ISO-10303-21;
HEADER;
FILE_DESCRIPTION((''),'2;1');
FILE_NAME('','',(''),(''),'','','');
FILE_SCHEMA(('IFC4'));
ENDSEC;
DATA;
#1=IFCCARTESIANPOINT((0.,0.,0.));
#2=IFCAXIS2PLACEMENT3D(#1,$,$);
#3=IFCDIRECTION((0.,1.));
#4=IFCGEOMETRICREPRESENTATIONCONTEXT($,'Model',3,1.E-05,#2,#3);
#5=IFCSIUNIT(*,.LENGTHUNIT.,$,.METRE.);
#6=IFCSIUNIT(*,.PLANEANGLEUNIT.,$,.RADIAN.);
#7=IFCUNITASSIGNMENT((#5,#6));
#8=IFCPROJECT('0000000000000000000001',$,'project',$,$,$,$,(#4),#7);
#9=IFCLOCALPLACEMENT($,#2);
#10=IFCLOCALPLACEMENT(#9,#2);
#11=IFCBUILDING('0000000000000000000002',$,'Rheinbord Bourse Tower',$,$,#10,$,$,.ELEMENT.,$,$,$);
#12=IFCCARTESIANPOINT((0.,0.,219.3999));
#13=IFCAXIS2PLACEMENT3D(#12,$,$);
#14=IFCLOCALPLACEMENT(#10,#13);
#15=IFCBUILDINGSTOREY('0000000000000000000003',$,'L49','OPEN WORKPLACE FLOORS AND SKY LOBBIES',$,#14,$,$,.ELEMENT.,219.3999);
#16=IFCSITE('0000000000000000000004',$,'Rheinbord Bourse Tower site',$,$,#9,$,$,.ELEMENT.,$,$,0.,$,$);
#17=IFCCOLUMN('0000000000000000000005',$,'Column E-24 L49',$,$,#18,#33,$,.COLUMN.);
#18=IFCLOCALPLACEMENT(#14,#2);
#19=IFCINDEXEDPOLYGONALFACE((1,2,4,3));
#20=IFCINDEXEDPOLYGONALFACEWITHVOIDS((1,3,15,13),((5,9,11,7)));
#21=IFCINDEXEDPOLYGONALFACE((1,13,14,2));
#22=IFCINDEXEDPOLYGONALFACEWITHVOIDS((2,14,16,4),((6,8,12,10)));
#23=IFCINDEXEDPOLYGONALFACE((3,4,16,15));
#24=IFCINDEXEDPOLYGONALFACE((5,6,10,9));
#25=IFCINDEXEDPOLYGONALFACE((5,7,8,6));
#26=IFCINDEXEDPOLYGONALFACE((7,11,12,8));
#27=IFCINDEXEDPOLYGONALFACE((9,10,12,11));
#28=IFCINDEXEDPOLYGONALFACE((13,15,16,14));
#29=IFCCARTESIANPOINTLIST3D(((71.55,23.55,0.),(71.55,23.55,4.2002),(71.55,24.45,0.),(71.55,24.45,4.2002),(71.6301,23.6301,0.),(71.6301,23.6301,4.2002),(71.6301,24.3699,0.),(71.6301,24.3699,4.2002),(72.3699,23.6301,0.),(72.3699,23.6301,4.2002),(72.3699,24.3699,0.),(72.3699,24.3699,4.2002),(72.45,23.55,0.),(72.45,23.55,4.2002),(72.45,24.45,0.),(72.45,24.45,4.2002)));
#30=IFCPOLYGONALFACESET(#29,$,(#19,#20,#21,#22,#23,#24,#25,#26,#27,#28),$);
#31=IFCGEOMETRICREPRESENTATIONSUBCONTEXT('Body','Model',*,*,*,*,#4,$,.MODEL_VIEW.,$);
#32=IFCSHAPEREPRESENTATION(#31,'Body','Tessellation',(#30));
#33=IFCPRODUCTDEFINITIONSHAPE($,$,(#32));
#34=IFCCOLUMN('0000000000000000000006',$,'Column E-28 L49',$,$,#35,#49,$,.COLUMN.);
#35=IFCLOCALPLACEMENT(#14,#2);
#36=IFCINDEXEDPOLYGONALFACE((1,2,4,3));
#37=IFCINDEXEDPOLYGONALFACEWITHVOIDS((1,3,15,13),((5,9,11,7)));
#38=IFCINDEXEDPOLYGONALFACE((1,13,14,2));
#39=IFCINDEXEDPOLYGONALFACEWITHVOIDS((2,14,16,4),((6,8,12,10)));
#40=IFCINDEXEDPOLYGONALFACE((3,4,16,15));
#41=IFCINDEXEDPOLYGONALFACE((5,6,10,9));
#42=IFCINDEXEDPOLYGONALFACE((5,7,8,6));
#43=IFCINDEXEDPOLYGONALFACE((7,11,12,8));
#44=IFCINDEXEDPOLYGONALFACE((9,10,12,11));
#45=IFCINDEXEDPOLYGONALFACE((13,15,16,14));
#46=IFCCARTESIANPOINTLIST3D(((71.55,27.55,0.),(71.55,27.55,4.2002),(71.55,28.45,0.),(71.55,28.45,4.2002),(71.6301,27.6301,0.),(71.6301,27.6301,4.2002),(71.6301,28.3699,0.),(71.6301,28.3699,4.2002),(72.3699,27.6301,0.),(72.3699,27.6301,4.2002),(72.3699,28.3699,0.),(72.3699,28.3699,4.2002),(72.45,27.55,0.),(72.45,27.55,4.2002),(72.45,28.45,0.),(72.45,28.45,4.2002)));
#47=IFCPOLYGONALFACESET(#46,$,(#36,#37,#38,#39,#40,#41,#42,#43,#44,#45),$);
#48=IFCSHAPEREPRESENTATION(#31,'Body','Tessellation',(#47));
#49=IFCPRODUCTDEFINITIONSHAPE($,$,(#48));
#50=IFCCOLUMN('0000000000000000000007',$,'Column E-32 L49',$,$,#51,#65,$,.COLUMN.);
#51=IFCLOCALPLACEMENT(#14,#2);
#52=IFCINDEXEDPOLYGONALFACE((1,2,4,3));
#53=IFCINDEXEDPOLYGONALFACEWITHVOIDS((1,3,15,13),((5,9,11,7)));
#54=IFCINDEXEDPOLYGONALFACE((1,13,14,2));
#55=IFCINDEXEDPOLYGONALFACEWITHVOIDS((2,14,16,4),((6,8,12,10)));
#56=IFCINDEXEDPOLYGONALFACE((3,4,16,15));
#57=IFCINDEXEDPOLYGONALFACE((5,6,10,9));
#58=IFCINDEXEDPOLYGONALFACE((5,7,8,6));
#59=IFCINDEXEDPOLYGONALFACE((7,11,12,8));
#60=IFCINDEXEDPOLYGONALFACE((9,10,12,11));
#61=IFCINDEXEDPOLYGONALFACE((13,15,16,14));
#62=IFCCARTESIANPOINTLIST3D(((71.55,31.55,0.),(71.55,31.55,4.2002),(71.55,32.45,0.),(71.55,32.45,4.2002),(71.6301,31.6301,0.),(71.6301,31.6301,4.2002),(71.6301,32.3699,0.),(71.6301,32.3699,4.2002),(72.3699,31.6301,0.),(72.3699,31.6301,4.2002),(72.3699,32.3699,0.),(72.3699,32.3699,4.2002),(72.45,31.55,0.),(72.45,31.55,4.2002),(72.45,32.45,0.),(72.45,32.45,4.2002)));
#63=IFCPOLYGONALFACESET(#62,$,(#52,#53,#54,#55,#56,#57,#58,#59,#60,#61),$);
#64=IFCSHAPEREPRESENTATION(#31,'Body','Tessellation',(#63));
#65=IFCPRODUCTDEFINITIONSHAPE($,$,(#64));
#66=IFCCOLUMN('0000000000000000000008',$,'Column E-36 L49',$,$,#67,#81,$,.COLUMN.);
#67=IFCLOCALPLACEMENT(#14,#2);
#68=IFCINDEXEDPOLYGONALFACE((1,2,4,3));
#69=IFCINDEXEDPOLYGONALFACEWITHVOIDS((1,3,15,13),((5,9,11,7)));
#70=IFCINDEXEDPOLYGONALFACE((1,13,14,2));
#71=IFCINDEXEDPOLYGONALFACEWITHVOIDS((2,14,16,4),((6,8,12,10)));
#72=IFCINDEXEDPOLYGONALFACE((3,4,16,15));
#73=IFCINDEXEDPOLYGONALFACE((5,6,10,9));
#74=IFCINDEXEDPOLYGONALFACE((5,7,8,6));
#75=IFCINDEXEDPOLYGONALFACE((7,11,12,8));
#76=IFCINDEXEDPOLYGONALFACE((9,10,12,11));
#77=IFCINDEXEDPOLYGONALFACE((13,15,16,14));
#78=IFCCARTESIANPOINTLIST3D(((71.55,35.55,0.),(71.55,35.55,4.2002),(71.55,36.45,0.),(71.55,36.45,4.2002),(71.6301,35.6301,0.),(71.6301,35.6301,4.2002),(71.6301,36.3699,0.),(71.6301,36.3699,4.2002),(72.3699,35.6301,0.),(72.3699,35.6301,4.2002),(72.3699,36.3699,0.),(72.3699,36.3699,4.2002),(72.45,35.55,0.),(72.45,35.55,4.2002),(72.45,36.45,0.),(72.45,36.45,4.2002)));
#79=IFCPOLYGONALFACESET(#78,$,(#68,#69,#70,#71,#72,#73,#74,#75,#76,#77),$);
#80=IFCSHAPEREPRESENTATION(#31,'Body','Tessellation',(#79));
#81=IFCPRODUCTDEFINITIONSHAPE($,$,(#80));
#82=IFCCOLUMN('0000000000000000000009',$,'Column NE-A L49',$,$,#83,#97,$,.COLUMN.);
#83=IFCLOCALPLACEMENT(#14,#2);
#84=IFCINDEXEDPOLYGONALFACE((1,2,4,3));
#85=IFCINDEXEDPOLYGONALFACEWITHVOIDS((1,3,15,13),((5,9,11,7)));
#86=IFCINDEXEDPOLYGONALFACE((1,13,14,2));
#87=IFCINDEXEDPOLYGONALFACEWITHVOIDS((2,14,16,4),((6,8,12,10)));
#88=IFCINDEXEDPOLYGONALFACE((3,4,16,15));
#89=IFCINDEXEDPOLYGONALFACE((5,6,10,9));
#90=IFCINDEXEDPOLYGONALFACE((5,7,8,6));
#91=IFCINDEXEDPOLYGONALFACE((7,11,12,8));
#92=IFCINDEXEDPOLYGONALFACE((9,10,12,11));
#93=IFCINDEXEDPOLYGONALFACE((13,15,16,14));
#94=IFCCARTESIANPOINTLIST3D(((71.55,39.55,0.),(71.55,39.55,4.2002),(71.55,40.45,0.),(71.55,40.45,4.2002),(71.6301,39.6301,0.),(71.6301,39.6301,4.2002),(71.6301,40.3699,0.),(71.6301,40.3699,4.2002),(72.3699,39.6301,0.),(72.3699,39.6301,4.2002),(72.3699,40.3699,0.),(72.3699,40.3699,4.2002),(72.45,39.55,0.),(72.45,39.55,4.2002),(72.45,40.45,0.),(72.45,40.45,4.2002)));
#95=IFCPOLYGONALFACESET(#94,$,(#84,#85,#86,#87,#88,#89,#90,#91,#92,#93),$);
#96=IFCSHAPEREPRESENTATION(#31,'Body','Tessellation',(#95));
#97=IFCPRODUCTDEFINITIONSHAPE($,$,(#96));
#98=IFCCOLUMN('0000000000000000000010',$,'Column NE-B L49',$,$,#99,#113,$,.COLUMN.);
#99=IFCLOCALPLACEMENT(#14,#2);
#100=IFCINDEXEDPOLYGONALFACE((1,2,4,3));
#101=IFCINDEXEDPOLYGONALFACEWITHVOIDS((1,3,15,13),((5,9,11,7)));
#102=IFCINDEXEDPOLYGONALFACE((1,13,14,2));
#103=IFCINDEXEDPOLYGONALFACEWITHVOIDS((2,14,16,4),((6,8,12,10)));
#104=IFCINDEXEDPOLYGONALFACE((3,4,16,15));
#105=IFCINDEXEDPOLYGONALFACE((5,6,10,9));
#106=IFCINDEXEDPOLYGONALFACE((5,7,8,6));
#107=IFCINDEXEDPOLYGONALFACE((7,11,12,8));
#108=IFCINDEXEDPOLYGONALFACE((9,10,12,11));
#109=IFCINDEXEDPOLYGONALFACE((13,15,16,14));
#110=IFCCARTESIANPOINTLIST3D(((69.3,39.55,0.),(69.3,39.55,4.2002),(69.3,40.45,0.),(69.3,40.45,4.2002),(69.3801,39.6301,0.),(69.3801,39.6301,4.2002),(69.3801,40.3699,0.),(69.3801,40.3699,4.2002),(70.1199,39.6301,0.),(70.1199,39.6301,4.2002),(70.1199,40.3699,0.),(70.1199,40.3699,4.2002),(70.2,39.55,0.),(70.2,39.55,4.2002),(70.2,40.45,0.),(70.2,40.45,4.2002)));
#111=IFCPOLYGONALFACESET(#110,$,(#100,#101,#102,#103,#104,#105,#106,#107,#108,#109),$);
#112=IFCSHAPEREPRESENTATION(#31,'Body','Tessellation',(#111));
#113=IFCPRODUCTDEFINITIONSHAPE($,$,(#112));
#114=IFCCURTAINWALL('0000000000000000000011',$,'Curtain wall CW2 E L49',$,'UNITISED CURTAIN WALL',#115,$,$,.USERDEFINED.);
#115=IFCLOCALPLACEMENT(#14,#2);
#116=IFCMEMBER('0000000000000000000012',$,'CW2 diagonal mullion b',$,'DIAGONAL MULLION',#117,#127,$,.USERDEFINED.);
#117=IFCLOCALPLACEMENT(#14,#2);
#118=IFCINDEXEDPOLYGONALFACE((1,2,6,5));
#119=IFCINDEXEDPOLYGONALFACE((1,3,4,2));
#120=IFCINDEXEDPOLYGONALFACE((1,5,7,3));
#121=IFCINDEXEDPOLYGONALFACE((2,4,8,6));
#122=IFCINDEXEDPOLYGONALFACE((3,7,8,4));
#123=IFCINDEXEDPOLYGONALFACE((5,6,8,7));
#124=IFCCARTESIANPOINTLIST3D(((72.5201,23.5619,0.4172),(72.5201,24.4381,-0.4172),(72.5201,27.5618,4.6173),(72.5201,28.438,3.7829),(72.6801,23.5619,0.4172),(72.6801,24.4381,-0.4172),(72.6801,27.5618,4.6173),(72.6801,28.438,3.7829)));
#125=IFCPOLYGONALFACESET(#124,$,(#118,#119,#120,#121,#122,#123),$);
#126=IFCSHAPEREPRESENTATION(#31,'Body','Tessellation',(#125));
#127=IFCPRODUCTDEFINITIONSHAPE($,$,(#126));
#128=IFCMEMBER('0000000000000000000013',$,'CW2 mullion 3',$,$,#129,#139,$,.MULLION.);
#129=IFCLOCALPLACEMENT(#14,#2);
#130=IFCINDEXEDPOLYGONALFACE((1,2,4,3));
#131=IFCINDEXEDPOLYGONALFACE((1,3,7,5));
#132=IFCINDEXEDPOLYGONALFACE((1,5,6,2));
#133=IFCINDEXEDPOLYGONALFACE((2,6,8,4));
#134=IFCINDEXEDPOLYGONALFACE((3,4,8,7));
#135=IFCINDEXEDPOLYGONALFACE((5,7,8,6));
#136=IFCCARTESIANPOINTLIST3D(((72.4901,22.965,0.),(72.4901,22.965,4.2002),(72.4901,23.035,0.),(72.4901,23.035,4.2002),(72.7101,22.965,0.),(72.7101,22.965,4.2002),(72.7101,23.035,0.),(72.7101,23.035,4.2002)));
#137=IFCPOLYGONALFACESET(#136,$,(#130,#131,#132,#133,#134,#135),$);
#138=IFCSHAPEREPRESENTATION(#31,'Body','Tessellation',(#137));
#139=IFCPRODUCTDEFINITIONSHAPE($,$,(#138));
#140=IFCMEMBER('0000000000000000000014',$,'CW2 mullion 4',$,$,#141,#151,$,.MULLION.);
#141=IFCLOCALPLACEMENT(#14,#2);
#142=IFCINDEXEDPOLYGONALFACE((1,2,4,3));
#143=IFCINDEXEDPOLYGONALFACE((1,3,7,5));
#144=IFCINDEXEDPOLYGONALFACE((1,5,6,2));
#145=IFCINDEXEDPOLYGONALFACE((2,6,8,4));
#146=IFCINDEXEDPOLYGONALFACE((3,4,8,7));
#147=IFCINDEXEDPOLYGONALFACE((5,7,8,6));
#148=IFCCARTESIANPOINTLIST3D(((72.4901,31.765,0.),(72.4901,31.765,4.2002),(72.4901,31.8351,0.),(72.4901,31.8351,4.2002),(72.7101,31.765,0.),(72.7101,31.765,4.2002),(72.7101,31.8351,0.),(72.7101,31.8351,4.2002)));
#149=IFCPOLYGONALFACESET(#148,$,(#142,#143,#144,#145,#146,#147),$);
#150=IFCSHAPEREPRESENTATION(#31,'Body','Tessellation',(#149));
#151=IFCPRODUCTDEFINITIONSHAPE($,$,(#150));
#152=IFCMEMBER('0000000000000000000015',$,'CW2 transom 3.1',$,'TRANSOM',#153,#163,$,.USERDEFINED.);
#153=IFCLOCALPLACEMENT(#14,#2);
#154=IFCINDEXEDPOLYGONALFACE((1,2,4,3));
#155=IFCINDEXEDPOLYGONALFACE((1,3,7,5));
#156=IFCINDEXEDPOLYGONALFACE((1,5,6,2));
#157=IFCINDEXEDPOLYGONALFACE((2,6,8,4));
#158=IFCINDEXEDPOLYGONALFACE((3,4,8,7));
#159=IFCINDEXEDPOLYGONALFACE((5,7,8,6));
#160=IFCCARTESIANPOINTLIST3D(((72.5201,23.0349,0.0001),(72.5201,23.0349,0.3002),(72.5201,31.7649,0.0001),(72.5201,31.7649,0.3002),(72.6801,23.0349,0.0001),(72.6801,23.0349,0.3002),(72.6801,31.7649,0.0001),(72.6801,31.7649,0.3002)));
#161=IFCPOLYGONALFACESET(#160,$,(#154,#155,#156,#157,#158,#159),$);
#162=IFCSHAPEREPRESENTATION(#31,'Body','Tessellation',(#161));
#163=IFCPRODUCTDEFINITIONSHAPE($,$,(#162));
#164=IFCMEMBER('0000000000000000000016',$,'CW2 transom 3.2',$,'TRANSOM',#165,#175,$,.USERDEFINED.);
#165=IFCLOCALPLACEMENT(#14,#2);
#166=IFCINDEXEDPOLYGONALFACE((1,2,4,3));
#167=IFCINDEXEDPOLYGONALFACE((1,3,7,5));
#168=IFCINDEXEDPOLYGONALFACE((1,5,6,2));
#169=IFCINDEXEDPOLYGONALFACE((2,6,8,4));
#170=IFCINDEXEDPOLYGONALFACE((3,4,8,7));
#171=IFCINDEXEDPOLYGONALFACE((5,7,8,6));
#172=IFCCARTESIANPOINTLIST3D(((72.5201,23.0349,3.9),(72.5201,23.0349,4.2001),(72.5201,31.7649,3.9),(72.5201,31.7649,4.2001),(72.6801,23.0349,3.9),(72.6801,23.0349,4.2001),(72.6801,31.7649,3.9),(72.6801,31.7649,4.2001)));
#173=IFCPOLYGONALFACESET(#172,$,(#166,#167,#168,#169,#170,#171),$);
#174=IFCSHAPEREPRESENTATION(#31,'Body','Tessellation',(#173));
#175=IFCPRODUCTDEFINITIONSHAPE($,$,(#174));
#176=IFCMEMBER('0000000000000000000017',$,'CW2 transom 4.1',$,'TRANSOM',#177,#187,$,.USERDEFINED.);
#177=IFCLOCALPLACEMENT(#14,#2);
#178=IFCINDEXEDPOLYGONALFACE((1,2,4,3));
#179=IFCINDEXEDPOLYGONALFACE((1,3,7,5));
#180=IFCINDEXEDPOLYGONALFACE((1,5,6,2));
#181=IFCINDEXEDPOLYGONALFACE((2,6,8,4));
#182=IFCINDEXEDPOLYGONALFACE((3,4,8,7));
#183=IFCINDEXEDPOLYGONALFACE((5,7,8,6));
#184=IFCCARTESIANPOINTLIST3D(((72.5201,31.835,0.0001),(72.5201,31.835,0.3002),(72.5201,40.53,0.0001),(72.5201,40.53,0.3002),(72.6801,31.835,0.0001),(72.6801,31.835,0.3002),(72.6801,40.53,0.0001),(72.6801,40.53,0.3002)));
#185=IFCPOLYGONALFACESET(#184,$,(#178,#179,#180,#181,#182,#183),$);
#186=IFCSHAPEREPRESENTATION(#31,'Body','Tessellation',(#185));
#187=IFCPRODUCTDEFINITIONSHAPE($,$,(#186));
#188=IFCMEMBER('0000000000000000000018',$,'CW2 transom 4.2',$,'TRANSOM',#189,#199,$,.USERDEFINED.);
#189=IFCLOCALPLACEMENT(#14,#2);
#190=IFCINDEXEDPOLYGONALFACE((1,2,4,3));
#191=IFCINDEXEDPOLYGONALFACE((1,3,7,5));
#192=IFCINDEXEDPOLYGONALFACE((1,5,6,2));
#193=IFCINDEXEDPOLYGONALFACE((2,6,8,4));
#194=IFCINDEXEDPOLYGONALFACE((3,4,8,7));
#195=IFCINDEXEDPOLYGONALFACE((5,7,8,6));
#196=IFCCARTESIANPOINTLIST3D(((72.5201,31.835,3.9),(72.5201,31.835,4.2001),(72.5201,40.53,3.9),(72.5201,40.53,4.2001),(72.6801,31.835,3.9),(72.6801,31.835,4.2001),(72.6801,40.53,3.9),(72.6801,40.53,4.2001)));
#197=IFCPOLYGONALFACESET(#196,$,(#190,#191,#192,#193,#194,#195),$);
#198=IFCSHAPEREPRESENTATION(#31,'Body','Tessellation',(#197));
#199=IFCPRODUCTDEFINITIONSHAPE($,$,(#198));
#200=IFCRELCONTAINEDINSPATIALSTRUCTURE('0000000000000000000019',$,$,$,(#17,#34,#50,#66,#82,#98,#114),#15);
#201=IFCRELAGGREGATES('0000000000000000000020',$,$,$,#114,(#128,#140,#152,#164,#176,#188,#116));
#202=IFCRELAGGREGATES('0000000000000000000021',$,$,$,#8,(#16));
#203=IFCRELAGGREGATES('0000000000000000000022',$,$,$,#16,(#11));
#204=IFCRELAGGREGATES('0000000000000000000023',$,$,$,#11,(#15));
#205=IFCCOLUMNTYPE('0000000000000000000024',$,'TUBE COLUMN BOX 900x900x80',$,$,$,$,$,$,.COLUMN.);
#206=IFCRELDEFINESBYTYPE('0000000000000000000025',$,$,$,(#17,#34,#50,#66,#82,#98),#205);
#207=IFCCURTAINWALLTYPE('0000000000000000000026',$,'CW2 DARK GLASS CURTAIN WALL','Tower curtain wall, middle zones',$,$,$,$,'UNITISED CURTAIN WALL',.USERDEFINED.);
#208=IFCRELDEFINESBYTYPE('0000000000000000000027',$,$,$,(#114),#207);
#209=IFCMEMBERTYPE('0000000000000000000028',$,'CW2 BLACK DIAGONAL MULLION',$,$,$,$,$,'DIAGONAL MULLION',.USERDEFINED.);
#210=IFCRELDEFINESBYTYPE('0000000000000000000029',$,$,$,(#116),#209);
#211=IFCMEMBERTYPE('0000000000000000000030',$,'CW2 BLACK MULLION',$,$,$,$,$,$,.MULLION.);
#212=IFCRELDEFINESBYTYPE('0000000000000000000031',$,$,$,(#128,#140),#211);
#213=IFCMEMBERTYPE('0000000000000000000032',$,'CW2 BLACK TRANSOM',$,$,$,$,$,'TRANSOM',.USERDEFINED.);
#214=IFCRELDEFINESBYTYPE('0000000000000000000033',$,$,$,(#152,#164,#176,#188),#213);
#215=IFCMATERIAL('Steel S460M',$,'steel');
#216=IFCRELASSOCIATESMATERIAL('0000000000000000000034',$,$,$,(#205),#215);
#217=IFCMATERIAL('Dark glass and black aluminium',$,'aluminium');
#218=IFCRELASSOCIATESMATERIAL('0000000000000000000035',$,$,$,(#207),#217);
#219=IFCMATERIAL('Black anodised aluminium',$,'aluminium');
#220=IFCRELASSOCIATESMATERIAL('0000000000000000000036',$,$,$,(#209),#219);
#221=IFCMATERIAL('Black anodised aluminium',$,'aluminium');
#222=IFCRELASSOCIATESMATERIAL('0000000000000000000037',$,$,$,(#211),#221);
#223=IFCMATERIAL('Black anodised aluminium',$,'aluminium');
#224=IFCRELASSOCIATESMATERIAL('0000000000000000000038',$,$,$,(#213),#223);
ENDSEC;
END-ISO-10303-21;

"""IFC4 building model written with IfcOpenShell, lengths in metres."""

from ifc_helpers import new_model, si_unit, direction, frame, origin, origin_2d, place, context, subcontext, project, spatial, rectangle, hollow_rectangle, extrude, material, material_profile, profile_set, type_object, element, aggregate, save


model = new_model("IFC4")

# Units and contexts
model_context = context("Model", 3, precision=1e-05, world=origin(), true_north=direction((0.0, 1.0)))
body_context = subcontext(model_context, "Body", "Model", "MODEL_VIEW")
ifc_project = project(units=[si_unit("LENGTHUNIT", "METRE"), si_unit("PLANEANGLEUNIT", "RADIAN")], contexts=[model_context])

# Site, building, storey
site_placement = place(None, origin())
site = spatial("IfcSite", under=ifc_project, at=site_placement, Name="Rheinbord Bourse Tower site", CompositionType="ELEMENT", RefElevation=0.0)
building_placement = place(site_placement, origin())
building = spatial("IfcBuilding", under=site, at=building_placement, Name="Rheinbord Bourse Tower", CompositionType="ELEMENT")
storey_placement = place(building_placement, frame((0.0, 0.0, 219.3999)))
storey = spatial("IfcBuildingStorey", under=building, at=storey_placement, Name="L49", Description="OPEN WORKPLACE FLOORS AND SKY LOBBIES", CompositionType="ELEMENT", Elevation=219.3999)

# Columns
ifc_material_1 = material(Name="Steel S460M", Category="steel")
ifc_material_profile_1 = material_profile(ifc_material_1, hollow_rectangle(XDim=0.8999, YDim=0.8999, WallThickness=0.0801, at=origin_2d()), Name="BOX 900x900x80")
ifc_profile_set_1 = profile_set([ifc_material_profile_1], Name="Steel S460M")
column_type = type_object("IfcColumnType", Name="TUBE COLUMN BOX 900x900x80", PredefinedType="COLUMN", material=ifc_profile_set_1)
for number, where, z_axis, x_axis, name in (
    (1, (72.0, 24.0, 0.0), (0.0, 0.0, 1.0), (1.0, 0.0, 0.0), "Column E-24 L49"),
    (2, (72.0, 28.0, 0.0), (0.0, 0.0, 1.0), (1.0, 0.0, 0.0), "Column E-28 L49"),
    (3, (72.0, 32.0, 0.0), (0.0, 0.0, 1.0), (1.0, 0.0, 0.0), "Column E-32 L49"),
    (4, (72.0, 36.0, 0.0), (0.0, 0.0, 1.0), (1.0, 0.0, 0.0), "Column E-36 L49"),
    (5, (72.0, 40.0, 0.0), (0.0, 0.0, 1.0), (1.0, 0.0, 0.0), "Column NE-A L49"),
    (6, (69.75, 40.0, 0.0), (0.0, 0.0, 1.0), (1.0, 0.0, 0.0), "Column NE-B L49"),
):
    element("IfcColumn", number, at=place(storey_placement, frame(where, z_axis=z_axis, x_axis=x_axis)), inside=storey, type_object=column_type, Name=name, PredefinedType="COLUMN", context=body_context, shape_type="SweptSolid", body=[
        extrude(hollow_rectangle(XDim=0.8999, YDim=0.8999, WallThickness=0.0801, at=origin_2d()), origin(), (0.0, 0.0, 1.0), 4.2002),
    ])

# Curtain wall, members
ifc_material_2 = material(Name="Dark glass and black aluminium", Category="aluminium")
curtain_wall_type = type_object("IfcCurtainWallType", Name="CW2 DARK GLASS CURTAIN WALL", Description="Tower curtain wall, middle zones", ElementType="UNITISED CURTAIN WALL", PredefinedType="USERDEFINED", material=ifc_material_2)
curtain_wall_placement = place(storey_placement, origin())
curtain_wall = element("IfcCurtainWall", 7, at=curtain_wall_placement, inside=storey, type_object=curtain_wall_type, Name="Curtain wall CW2 E L49", ObjectType="UNITISED CURTAIN WALL", PredefinedType="USERDEFINED")
ifc_material_3 = material(Name="Black anodised aluminium", Category="aluminium")
ifc_material_profile_2 = material_profile(ifc_material_3, rectangle(XDim=0.1599, YDim=1.21, at=origin_2d()), Name="CW2 DIAGONAL MULLION 1210x160")
ifc_profile_set_2 = profile_set([ifc_material_profile_2], Name="Black anodised aluminium")
member_type_1 = type_object("IfcMemberType", Name="CW2 BLACK DIAGONAL MULLION", ElementType="DIAGONAL MULLION", PredefinedType="USERDEFINED", material=ifc_profile_set_2)
member_1_placement = place(storey_placement, frame((72.6001, 24.0, 0.0), z_axis=(0.0, 0.689638, 0.724154), x_axis=(-1.0, 0.0, 0.0)))
member_1 = element("IfcMember", 8, at=member_1_placement, type_object=member_type_1, Name="CW2 diagonal mullion b", ObjectType="DIAGONAL MULLION", PredefinedType="USERDEFINED", context=body_context, shape_type="SweptSolid", body=[
    extrude(rectangle(XDim=0.1599, YDim=1.21, at=origin_2d()), origin(), (0.0, 0.0, 1.0), 5.8),
])
ifc_material_4 = material(Name="Black anodised aluminium", Category="aluminium")
ifc_material_profile_3 = material_profile(ifc_material_4, rectangle(XDim=0.22, YDim=0.0701, at=origin_2d()), Name="CW2 MULLION 70x220")
ifc_profile_set_3 = profile_set([ifc_material_profile_3], Name="Black anodised aluminium")
member_type_2 = type_object("IfcMemberType", Name="CW2 BLACK MULLION", PredefinedType="MULLION", material=ifc_profile_set_3)
member_2_placement = place(storey_placement, frame((72.6001, 23.0, 0.0), z_axis=(0.0, 0.0, 1.0), x_axis=(-1.0, 0.0, 0.0)))
member_2 = element("IfcMember", 9, at=member_2_placement, type_object=member_type_2, Name="CW2 mullion 3", PredefinedType="MULLION", context=body_context, shape_type="SweptSolid", body=[
    extrude(rectangle(XDim=0.22, YDim=0.0701, at=origin_2d()), origin(), (0.0, 0.0, 1.0), 4.2002),
])
member_3_placement = place(storey_placement, frame((72.6001, 31.8, 0.0), z_axis=(0.0, 0.0, 1.0), x_axis=(-1.0, 0.0, 0.0)))
member_3 = element("IfcMember", 10, at=member_3_placement, type_object=member_type_2, Name="CW2 mullion 4", PredefinedType="MULLION", context=body_context, shape_type="SweptSolid", body=[
    extrude(rectangle(XDim=0.22, YDim=0.0701, at=origin_2d()), origin(), (0.0, 0.0, 1.0), 4.2002),
])
ifc_material_5 = material(Name="Black anodised aluminium", Category="aluminium")
ifc_material_profile_4 = material_profile(ifc_material_5, rectangle(XDim=0.1599, YDim=0.3, at=origin_2d()), Name="CW2 TRANSOM 300x160")
ifc_profile_set_4 = profile_set([ifc_material_profile_4], Name="Black anodised aluminium")
member_type_3 = type_object("IfcMemberType", Name="CW2 BLACK TRANSOM", ElementType="TRANSOM", PredefinedType="USERDEFINED", material=ifc_profile_set_4)
member_4_placement = place(storey_placement, frame((72.6001, 23.0349, 0.1501), z_axis=(0.0, 1.0, 0.0), x_axis=(-1.0, 0.0, 0.0)))
member_4 = element("IfcMember", 11, at=member_4_placement, type_object=member_type_3, Name="CW2 transom 3.1", ObjectType="TRANSOM", PredefinedType="USERDEFINED", context=body_context, shape_type="SweptSolid", body=[
    extrude(rectangle(XDim=0.1599, YDim=0.3, at=origin_2d()), origin(), (0.0, 0.0, 1.0), 8.73),
])
member_5_placement = place(storey_placement, frame((72.6001, 23.0349, 4.05), z_axis=(0.0, 1.0, 0.0), x_axis=(-1.0, 0.0, 0.0)))
member_5 = element("IfcMember", 12, at=member_5_placement, type_object=member_type_3, Name="CW2 transom 3.2", ObjectType="TRANSOM", PredefinedType="USERDEFINED", context=body_context, shape_type="SweptSolid", body=[
    extrude(rectangle(XDim=0.1599, YDim=0.3, at=origin_2d()), origin(), (0.0, 0.0, 1.0), 8.73),
])
member_6_placement = place(storey_placement, frame((72.6001, 31.835, 0.1501), z_axis=(0.0, 1.0, 0.0), x_axis=(-1.0, 0.0, 0.0)))
member_6 = element("IfcMember", 13, at=member_6_placement, type_object=member_type_3, Name="CW2 transom 4.1", ObjectType="TRANSOM", PredefinedType="USERDEFINED", context=body_context, shape_type="SweptSolid", body=[
    extrude(rectangle(XDim=0.1599, YDim=0.3, at=origin_2d()), origin(), (0.0, 0.0, 1.0), 8.6951),
])
member_7_placement = place(storey_placement, frame((72.6001, 31.835, 4.05), z_axis=(0.0, 1.0, 0.0), x_axis=(-1.0, 0.0, 0.0)))
member_7 = element("IfcMember", 14, at=member_7_placement, type_object=member_type_3, Name="CW2 transom 4.2", ObjectType="TRANSOM", PredefinedType="USERDEFINED", context=body_context, shape_type="SweptSolid", body=[
    extrude(rectangle(XDim=0.1599, YDim=0.3, at=origin_2d()), origin(), (0.0, 0.0, 1.0), 8.6951),
])

aggregate(curtain_wall, [member_2, member_3, member_4, member_5, member_6, member_7, member_1])

save(model, "model.ifc")
